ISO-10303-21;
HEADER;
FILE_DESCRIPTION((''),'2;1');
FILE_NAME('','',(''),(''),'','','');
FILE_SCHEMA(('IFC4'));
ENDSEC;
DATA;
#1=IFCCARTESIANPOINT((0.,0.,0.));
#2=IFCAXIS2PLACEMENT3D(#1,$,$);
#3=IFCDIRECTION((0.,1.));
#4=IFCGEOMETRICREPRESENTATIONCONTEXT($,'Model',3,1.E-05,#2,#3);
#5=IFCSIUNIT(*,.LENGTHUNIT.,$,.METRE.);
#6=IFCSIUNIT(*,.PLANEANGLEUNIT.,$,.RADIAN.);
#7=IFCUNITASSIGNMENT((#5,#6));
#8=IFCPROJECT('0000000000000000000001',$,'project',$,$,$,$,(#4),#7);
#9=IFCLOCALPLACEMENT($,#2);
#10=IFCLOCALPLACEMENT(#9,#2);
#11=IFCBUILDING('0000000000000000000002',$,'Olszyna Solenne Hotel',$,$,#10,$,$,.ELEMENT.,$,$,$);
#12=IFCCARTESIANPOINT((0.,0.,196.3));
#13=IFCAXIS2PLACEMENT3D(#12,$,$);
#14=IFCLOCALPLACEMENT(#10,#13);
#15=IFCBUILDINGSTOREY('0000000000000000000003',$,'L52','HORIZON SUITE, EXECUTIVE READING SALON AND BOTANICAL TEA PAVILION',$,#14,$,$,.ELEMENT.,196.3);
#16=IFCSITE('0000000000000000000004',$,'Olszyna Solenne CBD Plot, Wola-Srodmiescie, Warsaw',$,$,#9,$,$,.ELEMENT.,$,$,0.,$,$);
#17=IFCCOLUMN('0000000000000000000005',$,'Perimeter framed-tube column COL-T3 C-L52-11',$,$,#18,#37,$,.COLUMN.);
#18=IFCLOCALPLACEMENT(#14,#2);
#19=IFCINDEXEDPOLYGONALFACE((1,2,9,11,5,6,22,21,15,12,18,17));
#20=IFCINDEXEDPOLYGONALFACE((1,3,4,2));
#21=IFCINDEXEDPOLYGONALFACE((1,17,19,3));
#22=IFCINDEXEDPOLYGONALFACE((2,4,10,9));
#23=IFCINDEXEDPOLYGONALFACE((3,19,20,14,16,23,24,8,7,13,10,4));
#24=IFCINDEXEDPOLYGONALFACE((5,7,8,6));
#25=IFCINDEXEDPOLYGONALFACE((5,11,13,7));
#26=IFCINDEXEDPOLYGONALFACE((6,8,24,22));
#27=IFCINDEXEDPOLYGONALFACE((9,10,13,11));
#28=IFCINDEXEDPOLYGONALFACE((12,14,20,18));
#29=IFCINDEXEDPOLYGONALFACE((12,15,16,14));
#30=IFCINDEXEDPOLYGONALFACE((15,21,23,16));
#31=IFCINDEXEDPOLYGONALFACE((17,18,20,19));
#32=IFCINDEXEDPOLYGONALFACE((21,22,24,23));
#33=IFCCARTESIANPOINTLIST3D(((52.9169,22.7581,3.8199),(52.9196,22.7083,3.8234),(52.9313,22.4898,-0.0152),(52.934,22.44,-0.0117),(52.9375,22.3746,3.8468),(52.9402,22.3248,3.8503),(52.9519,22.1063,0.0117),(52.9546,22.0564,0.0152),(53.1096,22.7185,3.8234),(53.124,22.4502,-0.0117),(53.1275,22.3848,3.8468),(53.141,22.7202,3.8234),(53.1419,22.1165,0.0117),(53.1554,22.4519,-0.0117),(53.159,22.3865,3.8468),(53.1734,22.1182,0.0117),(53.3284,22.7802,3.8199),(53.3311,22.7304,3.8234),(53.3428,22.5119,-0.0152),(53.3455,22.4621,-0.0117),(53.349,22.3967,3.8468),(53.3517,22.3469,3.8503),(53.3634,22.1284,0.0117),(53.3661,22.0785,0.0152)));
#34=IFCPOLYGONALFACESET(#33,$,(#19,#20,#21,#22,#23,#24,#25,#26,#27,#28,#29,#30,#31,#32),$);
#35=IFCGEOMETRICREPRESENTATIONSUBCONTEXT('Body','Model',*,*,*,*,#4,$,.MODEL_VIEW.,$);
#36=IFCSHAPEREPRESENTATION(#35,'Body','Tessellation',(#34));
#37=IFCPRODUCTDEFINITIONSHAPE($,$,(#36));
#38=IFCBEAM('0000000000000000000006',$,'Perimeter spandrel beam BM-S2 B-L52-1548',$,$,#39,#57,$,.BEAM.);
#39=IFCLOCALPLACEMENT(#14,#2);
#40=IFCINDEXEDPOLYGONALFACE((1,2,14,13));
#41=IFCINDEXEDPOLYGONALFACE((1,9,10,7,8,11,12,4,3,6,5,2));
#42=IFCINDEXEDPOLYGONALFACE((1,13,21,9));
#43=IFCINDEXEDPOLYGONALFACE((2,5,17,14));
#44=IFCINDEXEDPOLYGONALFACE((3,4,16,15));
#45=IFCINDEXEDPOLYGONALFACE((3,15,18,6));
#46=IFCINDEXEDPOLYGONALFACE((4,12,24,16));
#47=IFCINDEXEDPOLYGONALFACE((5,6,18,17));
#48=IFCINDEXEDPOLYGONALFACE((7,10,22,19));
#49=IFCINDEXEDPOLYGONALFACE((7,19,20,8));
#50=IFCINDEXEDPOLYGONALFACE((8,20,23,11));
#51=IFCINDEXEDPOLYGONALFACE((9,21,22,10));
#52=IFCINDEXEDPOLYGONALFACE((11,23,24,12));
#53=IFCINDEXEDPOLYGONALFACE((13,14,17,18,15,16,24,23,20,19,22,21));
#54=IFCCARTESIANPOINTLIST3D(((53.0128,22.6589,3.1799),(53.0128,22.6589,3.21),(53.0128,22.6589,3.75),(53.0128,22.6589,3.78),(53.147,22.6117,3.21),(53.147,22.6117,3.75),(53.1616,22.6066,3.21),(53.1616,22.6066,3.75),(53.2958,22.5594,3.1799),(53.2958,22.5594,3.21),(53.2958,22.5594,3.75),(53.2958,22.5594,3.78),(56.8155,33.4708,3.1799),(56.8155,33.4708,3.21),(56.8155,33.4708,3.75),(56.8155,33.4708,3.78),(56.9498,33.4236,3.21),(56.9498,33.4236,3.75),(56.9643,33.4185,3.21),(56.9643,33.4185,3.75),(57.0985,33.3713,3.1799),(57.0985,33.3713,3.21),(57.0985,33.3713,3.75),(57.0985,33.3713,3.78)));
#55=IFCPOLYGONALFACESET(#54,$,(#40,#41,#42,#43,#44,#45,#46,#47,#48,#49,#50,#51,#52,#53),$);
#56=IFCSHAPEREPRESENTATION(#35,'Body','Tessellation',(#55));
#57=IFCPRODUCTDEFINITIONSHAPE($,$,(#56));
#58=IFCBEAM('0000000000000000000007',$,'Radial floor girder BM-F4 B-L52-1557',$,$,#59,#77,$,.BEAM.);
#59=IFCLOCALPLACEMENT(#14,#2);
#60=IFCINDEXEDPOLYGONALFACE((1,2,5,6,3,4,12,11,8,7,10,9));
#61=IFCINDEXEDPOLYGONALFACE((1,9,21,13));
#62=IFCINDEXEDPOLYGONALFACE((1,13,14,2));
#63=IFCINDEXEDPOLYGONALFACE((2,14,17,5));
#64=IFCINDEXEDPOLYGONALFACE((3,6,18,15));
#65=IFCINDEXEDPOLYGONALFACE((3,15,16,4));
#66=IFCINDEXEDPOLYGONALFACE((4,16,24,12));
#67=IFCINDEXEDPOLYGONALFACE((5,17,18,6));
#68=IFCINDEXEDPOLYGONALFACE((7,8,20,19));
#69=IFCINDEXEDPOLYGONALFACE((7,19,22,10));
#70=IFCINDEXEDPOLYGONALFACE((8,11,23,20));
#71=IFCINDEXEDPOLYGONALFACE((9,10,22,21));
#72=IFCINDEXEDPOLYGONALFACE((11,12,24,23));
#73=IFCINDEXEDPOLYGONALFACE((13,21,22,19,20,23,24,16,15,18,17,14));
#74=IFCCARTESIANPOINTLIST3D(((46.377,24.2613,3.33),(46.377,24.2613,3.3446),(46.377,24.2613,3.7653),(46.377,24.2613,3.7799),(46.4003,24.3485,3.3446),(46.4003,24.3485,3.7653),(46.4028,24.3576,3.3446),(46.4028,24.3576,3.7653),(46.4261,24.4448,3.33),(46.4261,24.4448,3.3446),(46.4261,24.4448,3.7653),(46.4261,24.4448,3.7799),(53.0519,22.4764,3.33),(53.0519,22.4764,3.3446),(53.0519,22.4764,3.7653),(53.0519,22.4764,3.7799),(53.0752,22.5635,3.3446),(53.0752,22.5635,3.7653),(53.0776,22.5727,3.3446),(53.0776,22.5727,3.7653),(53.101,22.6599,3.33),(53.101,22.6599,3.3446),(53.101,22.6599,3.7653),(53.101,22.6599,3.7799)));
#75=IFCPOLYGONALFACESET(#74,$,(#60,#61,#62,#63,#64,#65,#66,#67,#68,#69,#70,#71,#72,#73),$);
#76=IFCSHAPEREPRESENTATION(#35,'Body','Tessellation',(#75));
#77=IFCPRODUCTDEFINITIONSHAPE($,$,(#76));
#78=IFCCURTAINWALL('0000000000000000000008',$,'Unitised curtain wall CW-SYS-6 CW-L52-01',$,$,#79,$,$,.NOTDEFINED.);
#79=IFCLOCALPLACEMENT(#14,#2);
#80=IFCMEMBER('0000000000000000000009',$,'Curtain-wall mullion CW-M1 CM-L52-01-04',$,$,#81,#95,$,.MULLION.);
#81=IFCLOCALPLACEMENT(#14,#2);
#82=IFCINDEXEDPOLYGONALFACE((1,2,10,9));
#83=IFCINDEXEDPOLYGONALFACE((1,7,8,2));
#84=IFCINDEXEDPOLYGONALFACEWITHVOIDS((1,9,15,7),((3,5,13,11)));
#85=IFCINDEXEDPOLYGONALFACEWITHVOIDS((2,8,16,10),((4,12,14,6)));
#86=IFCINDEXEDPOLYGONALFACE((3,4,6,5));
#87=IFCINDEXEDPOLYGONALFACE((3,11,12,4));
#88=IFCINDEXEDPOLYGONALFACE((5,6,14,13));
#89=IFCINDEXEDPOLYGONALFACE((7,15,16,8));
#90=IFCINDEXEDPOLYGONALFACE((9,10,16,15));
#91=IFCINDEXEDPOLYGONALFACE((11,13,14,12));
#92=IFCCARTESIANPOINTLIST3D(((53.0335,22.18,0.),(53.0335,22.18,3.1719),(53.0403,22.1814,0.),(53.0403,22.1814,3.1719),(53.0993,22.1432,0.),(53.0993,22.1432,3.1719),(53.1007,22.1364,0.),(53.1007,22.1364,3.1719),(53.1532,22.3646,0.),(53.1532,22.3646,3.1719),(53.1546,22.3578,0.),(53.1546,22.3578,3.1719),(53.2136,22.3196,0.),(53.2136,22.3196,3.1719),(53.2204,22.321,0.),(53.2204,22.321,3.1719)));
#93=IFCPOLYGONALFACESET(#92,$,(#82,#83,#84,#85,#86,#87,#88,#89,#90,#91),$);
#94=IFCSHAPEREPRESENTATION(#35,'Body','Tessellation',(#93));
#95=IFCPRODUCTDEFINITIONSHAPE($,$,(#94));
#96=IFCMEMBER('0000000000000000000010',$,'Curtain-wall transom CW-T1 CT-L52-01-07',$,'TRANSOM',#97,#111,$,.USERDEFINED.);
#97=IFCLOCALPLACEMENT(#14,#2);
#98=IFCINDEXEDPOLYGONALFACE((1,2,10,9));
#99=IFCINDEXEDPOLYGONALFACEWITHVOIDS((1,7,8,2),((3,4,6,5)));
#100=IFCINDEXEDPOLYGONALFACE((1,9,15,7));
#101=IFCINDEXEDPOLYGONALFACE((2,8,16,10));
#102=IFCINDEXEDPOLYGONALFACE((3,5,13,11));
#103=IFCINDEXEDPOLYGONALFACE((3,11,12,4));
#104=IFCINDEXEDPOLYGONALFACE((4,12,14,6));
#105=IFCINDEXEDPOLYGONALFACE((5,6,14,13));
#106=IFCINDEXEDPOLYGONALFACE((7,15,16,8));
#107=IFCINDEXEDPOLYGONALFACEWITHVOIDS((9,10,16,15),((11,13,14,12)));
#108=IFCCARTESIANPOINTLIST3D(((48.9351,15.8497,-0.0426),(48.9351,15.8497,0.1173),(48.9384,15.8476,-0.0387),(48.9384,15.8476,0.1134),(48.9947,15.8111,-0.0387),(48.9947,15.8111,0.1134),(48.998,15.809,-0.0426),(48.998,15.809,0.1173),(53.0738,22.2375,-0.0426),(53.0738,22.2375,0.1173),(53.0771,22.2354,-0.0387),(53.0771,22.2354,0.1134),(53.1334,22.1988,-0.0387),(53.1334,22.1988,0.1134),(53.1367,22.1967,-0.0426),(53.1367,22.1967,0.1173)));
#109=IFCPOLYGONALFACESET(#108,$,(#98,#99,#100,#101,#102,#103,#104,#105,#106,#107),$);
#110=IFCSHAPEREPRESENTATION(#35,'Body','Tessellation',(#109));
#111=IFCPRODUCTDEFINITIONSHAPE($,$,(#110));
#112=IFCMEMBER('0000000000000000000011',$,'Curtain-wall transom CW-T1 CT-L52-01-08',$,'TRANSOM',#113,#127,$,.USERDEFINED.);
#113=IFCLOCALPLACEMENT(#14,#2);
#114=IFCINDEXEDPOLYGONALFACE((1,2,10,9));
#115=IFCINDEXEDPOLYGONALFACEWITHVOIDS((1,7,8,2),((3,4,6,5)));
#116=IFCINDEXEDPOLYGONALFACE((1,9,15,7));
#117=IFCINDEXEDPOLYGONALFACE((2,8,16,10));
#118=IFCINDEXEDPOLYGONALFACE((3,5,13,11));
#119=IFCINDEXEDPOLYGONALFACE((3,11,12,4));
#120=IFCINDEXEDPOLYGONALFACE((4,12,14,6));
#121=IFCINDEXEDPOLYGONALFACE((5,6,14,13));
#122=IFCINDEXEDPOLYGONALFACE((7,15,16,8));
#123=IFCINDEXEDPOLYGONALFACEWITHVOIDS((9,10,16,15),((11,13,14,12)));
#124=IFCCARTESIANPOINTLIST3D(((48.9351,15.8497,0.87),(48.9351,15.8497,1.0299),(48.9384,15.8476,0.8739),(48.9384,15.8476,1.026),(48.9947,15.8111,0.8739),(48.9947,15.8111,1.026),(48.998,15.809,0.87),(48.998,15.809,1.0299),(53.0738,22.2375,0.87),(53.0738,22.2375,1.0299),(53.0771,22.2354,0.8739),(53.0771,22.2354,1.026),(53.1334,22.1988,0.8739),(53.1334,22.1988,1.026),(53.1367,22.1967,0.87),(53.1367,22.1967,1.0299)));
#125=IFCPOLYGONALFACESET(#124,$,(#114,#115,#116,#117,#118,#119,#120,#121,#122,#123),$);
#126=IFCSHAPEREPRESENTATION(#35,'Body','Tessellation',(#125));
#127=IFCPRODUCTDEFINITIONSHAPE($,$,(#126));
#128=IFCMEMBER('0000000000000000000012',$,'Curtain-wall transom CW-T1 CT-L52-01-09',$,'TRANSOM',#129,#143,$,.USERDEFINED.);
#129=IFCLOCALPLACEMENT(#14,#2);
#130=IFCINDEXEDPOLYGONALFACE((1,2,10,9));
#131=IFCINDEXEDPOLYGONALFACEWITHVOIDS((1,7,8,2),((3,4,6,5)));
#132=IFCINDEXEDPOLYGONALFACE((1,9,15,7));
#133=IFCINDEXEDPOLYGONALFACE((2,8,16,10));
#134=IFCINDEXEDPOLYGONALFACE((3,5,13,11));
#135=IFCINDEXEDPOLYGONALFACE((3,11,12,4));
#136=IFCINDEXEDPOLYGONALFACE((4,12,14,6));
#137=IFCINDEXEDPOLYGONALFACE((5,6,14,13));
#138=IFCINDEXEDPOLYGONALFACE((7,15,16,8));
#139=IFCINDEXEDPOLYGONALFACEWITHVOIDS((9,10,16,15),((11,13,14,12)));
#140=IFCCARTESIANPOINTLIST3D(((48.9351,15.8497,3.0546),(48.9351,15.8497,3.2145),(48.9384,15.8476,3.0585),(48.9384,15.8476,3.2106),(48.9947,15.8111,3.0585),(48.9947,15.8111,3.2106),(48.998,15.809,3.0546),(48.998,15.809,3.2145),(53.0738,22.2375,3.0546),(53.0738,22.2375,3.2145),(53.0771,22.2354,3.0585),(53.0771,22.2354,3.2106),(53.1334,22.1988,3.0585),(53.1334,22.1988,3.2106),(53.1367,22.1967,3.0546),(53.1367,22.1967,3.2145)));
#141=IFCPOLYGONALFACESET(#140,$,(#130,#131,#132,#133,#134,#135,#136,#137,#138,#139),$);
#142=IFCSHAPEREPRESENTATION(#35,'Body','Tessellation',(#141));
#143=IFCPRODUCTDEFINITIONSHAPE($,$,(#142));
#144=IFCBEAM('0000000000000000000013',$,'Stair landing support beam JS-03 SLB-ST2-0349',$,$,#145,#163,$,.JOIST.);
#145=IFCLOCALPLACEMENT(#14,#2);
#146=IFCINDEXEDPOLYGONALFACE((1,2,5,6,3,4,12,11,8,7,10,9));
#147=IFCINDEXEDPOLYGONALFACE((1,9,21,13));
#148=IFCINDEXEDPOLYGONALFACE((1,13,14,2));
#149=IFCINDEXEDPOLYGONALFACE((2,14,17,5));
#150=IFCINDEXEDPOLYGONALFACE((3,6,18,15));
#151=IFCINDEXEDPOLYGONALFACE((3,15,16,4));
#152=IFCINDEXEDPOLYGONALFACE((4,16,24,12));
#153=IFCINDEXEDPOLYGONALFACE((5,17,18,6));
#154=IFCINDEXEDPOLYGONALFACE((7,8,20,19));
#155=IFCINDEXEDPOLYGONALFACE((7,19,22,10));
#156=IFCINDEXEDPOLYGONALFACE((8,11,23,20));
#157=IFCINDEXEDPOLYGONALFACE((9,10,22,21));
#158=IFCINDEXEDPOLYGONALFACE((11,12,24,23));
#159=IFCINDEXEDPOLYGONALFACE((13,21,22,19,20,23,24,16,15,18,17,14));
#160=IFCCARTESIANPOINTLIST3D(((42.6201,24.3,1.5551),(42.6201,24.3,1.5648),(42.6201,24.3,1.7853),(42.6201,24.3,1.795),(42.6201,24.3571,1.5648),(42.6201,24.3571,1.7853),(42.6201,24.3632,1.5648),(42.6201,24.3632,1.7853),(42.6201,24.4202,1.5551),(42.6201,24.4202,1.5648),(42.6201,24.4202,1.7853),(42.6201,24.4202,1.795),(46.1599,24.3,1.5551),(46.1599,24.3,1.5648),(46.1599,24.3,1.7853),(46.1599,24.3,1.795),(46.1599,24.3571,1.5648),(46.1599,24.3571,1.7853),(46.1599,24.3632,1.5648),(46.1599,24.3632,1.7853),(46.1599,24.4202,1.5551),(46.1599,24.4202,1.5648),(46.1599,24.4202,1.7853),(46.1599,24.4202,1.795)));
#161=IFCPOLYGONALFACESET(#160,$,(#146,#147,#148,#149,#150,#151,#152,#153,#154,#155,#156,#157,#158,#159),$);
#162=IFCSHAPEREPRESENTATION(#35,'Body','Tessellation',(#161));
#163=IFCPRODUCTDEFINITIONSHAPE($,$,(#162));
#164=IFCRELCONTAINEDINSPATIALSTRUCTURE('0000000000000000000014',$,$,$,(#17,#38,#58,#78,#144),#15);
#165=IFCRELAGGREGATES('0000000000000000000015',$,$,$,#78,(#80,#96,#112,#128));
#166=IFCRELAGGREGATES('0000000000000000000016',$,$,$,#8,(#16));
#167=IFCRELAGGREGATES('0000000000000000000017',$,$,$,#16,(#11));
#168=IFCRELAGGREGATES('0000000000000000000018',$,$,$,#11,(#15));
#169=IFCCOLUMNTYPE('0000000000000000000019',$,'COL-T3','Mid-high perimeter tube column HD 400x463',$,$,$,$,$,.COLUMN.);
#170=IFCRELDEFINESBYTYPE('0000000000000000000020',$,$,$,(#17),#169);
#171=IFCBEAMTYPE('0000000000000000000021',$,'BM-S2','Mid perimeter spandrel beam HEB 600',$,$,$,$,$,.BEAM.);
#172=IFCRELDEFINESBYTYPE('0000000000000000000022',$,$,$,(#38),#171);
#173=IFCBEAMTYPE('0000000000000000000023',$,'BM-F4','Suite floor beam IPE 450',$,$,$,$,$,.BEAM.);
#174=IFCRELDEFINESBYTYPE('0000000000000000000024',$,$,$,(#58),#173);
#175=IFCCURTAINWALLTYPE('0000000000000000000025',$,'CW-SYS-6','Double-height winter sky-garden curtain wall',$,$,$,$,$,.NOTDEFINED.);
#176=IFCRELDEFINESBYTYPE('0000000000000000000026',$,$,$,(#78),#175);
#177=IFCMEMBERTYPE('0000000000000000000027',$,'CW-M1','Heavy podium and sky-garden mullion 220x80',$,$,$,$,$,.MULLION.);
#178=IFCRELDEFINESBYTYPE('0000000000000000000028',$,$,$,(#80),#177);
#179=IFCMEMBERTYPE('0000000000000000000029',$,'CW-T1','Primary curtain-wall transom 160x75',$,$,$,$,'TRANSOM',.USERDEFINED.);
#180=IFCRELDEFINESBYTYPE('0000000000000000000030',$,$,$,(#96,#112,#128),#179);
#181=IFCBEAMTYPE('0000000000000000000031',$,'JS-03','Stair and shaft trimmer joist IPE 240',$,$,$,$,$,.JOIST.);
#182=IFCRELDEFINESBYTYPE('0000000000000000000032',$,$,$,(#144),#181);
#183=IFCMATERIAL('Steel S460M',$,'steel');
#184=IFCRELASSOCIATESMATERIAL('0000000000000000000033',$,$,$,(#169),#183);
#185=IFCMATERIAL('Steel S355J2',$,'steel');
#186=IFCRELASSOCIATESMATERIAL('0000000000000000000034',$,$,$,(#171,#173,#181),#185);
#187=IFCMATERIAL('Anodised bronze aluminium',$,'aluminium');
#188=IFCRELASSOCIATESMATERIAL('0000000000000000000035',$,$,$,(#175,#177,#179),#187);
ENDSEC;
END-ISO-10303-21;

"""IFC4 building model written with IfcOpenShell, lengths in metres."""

from ifc_helpers import new_model, si_unit, direction, frame, origin, origin_2d, place, context, subcontext, project, spatial, hollow_rectangle, i_section, extrude, source, transform, mapped, material, material_profile, profile_set, type_object, element, aggregate, save


model = new_model("IFC4")

# Units and contexts
model_context = context("Model", 3, precision=1e-05, world=origin(), true_north=direction((0.0, 1.0)))
body_context = subcontext(model_context, "Body", "Model", "MODEL_VIEW")
ifc_project = project(units=[si_unit("LENGTHUNIT", "METRE"), si_unit("PLANEANGLEUNIT", "RADIAN")], contexts=[model_context])

# Site, building, storey
site_placement = place(None, origin())
site = spatial("IfcSite", under=ifc_project, at=site_placement, Name="Olszyna Solenne CBD Plot, Wola-Srodmiescie, Warsaw", CompositionType="ELEMENT", RefElevation=0.0)
building_placement = place(site_placement, origin())
building = spatial("IfcBuilding", under=site, at=building_placement, Name="Olszyna Solenne Hotel", CompositionType="ELEMENT")
storey_placement = place(building_placement, frame((0.0, 0.0, 196.3)))
storey = spatial("IfcBuildingStorey", under=building, at=storey_placement, Name="L52", Description="HORIZON SUITE, EXECUTIVE READING SALON AND BOTANICAL TEA PAVILION", CompositionType="ELEMENT", Elevation=196.3)

# Column
ifc_material_1 = material(Name="Steel S460M", Category="steel")
ifc_material_profile_1 = material_profile(ifc_material_1, i_section(OverallWidth=0.4121, OverallDepth=0.4351, WebThickness=0.0315, FlangeThickness=0.05, at=origin_2d()), Name="HD 400x463", Category="load-bearing")
ifc_profile_set_1 = profile_set([ifc_material_profile_1], Name="Steel S460M")
column_type = type_object("IfcColumnType", Name="COL-T3", Description="Mid-high perimeter tube column HD 400x463", PredefinedType="COLUMN", material=ifc_profile_set_1)
shared_shape_1 = source(origin(), body_context, "Body", "SweptSolid", [
    extrude(i_section(OverallWidth=0.4121, OverallDepth=0.4351, WebThickness=0.0315, FlangeThickness=0.05, at=origin_2d()), origin(), (0.0, 0.0, 1.0), 3.8445),
])
column_placement = place(storey_placement, frame((53.1487, 22.2842, 0.0), z_axis=(-0.003747, 0.069793, 0.997554), x_axis=(-0.998562, -0.053608, 0.0)))
element("IfcColumn", 1, at=column_placement, inside=storey, type_object=column_type, Name="Perimeter framed-tube column COL-T3 C-L52-11", PredefinedType="COLUMN", context=body_context, shape_type="MappedRepresentation", body=[
    mapped(shared_shape_1, transform((0.0, 0.0, 0.0), x_axis=(1.0, 0.0, 0.0), y_axis=(0.0, 1.0, 0.0), z_axis=(0.0, 0.0, 1.0), scale=1.0)),
])

# Beams
ifc_material_2 = material(Name="Steel S355J2", Category="steel")
ifc_material_profile_2 = material_profile(ifc_material_2, i_section(OverallWidth=0.3, OverallDepth=0.6001, WebThickness=0.0154, FlangeThickness=0.03, at=origin_2d()), Name="HEB 600", Category="load-bearing")
ifc_profile_set_2 = profile_set([ifc_material_profile_2], Name="Steel S355J2")
beam_type_1 = type_object("IfcBeamType", Name="BM-S2", Description="Mid perimeter spandrel beam HEB 600", PredefinedType="BEAM", material=ifc_profile_set_2)
shared_shape_2 = source(origin(), body_context, "Body", "SweptSolid", [
    extrude(i_section(OverallWidth=0.3, OverallDepth=0.6001, WebThickness=0.0154, FlangeThickness=0.03, at=origin_2d()), origin(), (0.0, 0.0, 1.0), 11.4612),
])
beam_1_placement = place(storey_placement, frame((53.1543, 22.6091, 3.48), z_axis=(0.33179, 0.943353, 0.0), x_axis=(-0.943353, 0.33179, 0.0)))
element("IfcBeam", 2, at=beam_1_placement, inside=storey, type_object=beam_type_1, Name="Perimeter spandrel beam BM-S2 B-L52-1548", PredefinedType="BEAM", context=body_context, shape_type="MappedRepresentation", body=[
    mapped(shared_shape_2, transform((0.0, 0.0, 0.0), x_axis=(1.0, 0.0, 0.0), y_axis=(0.0, 1.0, 0.0), z_axis=(0.0, 0.0, 1.0), scale=1.0)),
])
ifc_material_profile_3 = material_profile(ifc_material_2, i_section(OverallWidth=0.1899, OverallDepth=0.45, WebThickness=0.0095, FlangeThickness=0.0146, at=origin_2d()), Name="IPE 450", Category="load-bearing")
ifc_profile_set_3 = profile_set([ifc_material_profile_3], Name="Steel S355J2")
beam_type_2 = type_object("IfcBeamType", Name="BM-F4", Description="Suite floor beam IPE 450", PredefinedType="BEAM", material=ifc_profile_set_3)
shared_shape_3 = source(origin(), body_context, "Body", "SweptSolid", [
    extrude(i_section(OverallWidth=0.1899, OverallDepth=0.45, WebThickness=0.0095, FlangeThickness=0.0146, at=origin_2d()), origin(), (0.0, 0.0, 1.0), 6.9094),
])
beam_2_placement = place(storey_placement, frame((53.0764, 22.5681, 3.5549), z_axis=(-0.966056, 0.258333, 0.0), x_axis=(-0.258333, -0.966056, 0.0)))
element("IfcBeam", 3, at=beam_2_placement, inside=storey, type_object=beam_type_2, Name="Radial floor girder BM-F4 B-L52-1557", PredefinedType="BEAM", context=body_context, shape_type="MappedRepresentation", body=[
    mapped(shared_shape_3, transform((0.0, 0.0, 0.0), x_axis=(1.0, 0.0, 0.0), y_axis=(0.0, 1.0, 0.0), z_axis=(0.0, 0.0, 1.0), scale=1.0)),
])

# Curtain wall, members
ifc_material_3 = material(Name="Anodised bronze aluminium", Category="aluminium")
curtain_wall_type = type_object("IfcCurtainWallType", Name="CW-SYS-6", Description="Double-height winter sky-garden curtain wall", PredefinedType="NOTDEFINED", material=ifc_material_3)
curtain_wall_placement = place(storey_placement, origin())
curtain_wall = element("IfcCurtainWall", 4, at=curtain_wall_placement, inside=storey, type_object=curtain_wall_type, Name="Unitised curtain wall CW-SYS-6 CW-L52-01", PredefinedType="NOTDEFINED")
ifc_material_profile_4 = material_profile(ifc_material_3, hollow_rectangle(XDim=0.0801, YDim=0.22, WallThickness=0.0049, at=origin_2d()), Name="MULL 220x80x5", Category="load-bearing")
ifc_profile_set_4 = profile_set([ifc_material_profile_4], Name="Anodised bronze aluminium")
member_type_1 = type_object("IfcMemberType", Name="CW-M1", Description="Heavy podium and sky-garden mullion 220x80", PredefinedType="MULLION", material=ifc_profile_set_4)
shared_shape_4 = source(origin(), body_context, "Body", "SweptSolid", [
    extrude(hollow_rectangle(XDim=0.0801, YDim=0.22, WallThickness=0.0049, at=origin_2d()), origin(), (0.0, 0.0, 1.0), 3.1719),
])
member_1_placement = place(storey_placement, frame((53.127, 22.2505, 0.0), z_axis=(0.0, 0.0, 1.0), x_axis=(-0.83924, 0.543762, 0.0)))
member_1 = element("IfcMember", 5, at=member_1_placement, type_object=member_type_1, Name="Curtain-wall mullion CW-M1 CM-L52-01-04", PredefinedType="MULLION", context=body_context, shape_type="MappedRepresentation", body=[
    mapped(shared_shape_4, transform((0.0, 0.0, 0.0), x_axis=(1.0, 0.0, 0.0), y_axis=(0.0, 1.0, 0.0), z_axis=(0.0, 0.0, 1.0), scale=1.0)),
])
ifc_material_profile_5 = material_profile(ifc_material_3, hollow_rectangle(XDim=0.075, YDim=0.1599, WallThickness=0.0039, at=origin_2d()), Name="TRAN 160x75x4", Category="load-bearing")
ifc_profile_set_5 = profile_set([ifc_material_profile_5], Name="Anodised bronze aluminium")
member_type_2 = type_object("IfcMemberType", Name="CW-T1", Description="Primary curtain-wall transom 160x75", ElementType="TRANSOM", PredefinedType="USERDEFINED", material=ifc_profile_set_5)
shared_shape_5 = source(origin(), body_context, "Body", "SweptSolid", [
    extrude(hollow_rectangle(XDim=0.075, YDim=0.1599, WallThickness=0.0039, at=origin_2d()), origin(), (0.0, 0.0, 1.0), 7.6113),
])
member_2_placement = place(storey_placement, frame((48.9666, 15.8293, 0.0374), z_axis=(0.543757, 0.839243, 0.0), x_axis=(-0.839243, 0.543757, 0.0)))
member_2 = element("IfcMember", 6, at=member_2_placement, type_object=member_type_2, Name="Curtain-wall transom CW-T1 CT-L52-01-07", ObjectType="TRANSOM", PredefinedType="USERDEFINED", context=body_context, shape_type="MappedRepresentation", body=[
    mapped(shared_shape_5, transform((0.0, 0.0, 0.0), x_axis=(1.0, 0.0, 0.0), y_axis=(0.0, 1.0, 0.0), z_axis=(0.0, 0.0, 1.0), scale=1.0)),
])
member_3_placement = place(storey_placement, frame((48.9666, 15.8293, 0.95), z_axis=(0.543757, 0.839243, 0.0), x_axis=(-0.839243, 0.543757, 0.0)))
member_3 = element("IfcMember", 7, at=member_3_placement, type_object=member_type_2, Name="Curtain-wall transom CW-T1 CT-L52-01-08", ObjectType="TRANSOM", PredefinedType="USERDEFINED", context=body_context, shape_type="MappedRepresentation", body=[
    mapped(shared_shape_5, transform((0.0, 0.0, 0.0), x_axis=(1.0, 0.0, 0.0), y_axis=(0.0, 1.0, 0.0), z_axis=(0.0, 0.0, 1.0), scale=1.0)),
])
member_4_placement = place(storey_placement, frame((48.9666, 15.8293, 3.1345), z_axis=(0.543757, 0.839243, 0.0), x_axis=(-0.839243, 0.543757, 0.0)))
member_4 = element("IfcMember", 8, at=member_4_placement, type_object=member_type_2, Name="Curtain-wall transom CW-T1 CT-L52-01-09", ObjectType="TRANSOM", PredefinedType="USERDEFINED", context=body_context, shape_type="MappedRepresentation", body=[
    mapped(shared_shape_5, transform((0.0, 0.0, 0.0), x_axis=(1.0, 0.0, 0.0), y_axis=(0.0, 1.0, 0.0), z_axis=(0.0, 0.0, 1.0), scale=1.0)),
])

# Beam
ifc_material_profile_6 = material_profile(ifc_material_2, i_section(OverallWidth=0.1201, OverallDepth=0.24, WebThickness=0.0061, FlangeThickness=0.0098, at=origin_2d()), Name="IPE 240", Category="load-bearing")
ifc_profile_set_6 = profile_set([ifc_material_profile_6], Name="Steel S355J2")
beam_type_3 = type_object("IfcBeamType", Name="JS-03", Description="Stair and shaft trimmer joist IPE 240", PredefinedType="JOIST", material=ifc_profile_set_6)
shared_shape_6 = source(origin(), body_context, "Body", "SweptSolid", [
    extrude(i_section(OverallWidth=0.1201, OverallDepth=0.24, WebThickness=0.0061, FlangeThickness=0.0098, at=origin_2d()), origin(), (0.0, 0.0, 1.0), 3.5398),
])
beam_3_placement = place(storey_placement, frame((46.1599, 24.3601, 1.675), z_axis=(-1.0, 0.0, 0.0), x_axis=(0.0, -1.0, 0.0)))
element("IfcBeam", 9, at=beam_3_placement, inside=storey, type_object=beam_type_3, Name="Stair landing support beam JS-03 SLB-ST2-0349", PredefinedType="JOIST", context=body_context, shape_type="MappedRepresentation", body=[
    mapped(shared_shape_6, transform((0.0, 0.0, 0.0), x_axis=(1.0, 0.0, 0.0), y_axis=(0.0, 1.0, 0.0), z_axis=(0.0, 0.0, 1.0), scale=1.0)),
])

aggregate(curtain_wall, [member_1, member_2, member_3, member_4])

save(model, "model.ifc")
